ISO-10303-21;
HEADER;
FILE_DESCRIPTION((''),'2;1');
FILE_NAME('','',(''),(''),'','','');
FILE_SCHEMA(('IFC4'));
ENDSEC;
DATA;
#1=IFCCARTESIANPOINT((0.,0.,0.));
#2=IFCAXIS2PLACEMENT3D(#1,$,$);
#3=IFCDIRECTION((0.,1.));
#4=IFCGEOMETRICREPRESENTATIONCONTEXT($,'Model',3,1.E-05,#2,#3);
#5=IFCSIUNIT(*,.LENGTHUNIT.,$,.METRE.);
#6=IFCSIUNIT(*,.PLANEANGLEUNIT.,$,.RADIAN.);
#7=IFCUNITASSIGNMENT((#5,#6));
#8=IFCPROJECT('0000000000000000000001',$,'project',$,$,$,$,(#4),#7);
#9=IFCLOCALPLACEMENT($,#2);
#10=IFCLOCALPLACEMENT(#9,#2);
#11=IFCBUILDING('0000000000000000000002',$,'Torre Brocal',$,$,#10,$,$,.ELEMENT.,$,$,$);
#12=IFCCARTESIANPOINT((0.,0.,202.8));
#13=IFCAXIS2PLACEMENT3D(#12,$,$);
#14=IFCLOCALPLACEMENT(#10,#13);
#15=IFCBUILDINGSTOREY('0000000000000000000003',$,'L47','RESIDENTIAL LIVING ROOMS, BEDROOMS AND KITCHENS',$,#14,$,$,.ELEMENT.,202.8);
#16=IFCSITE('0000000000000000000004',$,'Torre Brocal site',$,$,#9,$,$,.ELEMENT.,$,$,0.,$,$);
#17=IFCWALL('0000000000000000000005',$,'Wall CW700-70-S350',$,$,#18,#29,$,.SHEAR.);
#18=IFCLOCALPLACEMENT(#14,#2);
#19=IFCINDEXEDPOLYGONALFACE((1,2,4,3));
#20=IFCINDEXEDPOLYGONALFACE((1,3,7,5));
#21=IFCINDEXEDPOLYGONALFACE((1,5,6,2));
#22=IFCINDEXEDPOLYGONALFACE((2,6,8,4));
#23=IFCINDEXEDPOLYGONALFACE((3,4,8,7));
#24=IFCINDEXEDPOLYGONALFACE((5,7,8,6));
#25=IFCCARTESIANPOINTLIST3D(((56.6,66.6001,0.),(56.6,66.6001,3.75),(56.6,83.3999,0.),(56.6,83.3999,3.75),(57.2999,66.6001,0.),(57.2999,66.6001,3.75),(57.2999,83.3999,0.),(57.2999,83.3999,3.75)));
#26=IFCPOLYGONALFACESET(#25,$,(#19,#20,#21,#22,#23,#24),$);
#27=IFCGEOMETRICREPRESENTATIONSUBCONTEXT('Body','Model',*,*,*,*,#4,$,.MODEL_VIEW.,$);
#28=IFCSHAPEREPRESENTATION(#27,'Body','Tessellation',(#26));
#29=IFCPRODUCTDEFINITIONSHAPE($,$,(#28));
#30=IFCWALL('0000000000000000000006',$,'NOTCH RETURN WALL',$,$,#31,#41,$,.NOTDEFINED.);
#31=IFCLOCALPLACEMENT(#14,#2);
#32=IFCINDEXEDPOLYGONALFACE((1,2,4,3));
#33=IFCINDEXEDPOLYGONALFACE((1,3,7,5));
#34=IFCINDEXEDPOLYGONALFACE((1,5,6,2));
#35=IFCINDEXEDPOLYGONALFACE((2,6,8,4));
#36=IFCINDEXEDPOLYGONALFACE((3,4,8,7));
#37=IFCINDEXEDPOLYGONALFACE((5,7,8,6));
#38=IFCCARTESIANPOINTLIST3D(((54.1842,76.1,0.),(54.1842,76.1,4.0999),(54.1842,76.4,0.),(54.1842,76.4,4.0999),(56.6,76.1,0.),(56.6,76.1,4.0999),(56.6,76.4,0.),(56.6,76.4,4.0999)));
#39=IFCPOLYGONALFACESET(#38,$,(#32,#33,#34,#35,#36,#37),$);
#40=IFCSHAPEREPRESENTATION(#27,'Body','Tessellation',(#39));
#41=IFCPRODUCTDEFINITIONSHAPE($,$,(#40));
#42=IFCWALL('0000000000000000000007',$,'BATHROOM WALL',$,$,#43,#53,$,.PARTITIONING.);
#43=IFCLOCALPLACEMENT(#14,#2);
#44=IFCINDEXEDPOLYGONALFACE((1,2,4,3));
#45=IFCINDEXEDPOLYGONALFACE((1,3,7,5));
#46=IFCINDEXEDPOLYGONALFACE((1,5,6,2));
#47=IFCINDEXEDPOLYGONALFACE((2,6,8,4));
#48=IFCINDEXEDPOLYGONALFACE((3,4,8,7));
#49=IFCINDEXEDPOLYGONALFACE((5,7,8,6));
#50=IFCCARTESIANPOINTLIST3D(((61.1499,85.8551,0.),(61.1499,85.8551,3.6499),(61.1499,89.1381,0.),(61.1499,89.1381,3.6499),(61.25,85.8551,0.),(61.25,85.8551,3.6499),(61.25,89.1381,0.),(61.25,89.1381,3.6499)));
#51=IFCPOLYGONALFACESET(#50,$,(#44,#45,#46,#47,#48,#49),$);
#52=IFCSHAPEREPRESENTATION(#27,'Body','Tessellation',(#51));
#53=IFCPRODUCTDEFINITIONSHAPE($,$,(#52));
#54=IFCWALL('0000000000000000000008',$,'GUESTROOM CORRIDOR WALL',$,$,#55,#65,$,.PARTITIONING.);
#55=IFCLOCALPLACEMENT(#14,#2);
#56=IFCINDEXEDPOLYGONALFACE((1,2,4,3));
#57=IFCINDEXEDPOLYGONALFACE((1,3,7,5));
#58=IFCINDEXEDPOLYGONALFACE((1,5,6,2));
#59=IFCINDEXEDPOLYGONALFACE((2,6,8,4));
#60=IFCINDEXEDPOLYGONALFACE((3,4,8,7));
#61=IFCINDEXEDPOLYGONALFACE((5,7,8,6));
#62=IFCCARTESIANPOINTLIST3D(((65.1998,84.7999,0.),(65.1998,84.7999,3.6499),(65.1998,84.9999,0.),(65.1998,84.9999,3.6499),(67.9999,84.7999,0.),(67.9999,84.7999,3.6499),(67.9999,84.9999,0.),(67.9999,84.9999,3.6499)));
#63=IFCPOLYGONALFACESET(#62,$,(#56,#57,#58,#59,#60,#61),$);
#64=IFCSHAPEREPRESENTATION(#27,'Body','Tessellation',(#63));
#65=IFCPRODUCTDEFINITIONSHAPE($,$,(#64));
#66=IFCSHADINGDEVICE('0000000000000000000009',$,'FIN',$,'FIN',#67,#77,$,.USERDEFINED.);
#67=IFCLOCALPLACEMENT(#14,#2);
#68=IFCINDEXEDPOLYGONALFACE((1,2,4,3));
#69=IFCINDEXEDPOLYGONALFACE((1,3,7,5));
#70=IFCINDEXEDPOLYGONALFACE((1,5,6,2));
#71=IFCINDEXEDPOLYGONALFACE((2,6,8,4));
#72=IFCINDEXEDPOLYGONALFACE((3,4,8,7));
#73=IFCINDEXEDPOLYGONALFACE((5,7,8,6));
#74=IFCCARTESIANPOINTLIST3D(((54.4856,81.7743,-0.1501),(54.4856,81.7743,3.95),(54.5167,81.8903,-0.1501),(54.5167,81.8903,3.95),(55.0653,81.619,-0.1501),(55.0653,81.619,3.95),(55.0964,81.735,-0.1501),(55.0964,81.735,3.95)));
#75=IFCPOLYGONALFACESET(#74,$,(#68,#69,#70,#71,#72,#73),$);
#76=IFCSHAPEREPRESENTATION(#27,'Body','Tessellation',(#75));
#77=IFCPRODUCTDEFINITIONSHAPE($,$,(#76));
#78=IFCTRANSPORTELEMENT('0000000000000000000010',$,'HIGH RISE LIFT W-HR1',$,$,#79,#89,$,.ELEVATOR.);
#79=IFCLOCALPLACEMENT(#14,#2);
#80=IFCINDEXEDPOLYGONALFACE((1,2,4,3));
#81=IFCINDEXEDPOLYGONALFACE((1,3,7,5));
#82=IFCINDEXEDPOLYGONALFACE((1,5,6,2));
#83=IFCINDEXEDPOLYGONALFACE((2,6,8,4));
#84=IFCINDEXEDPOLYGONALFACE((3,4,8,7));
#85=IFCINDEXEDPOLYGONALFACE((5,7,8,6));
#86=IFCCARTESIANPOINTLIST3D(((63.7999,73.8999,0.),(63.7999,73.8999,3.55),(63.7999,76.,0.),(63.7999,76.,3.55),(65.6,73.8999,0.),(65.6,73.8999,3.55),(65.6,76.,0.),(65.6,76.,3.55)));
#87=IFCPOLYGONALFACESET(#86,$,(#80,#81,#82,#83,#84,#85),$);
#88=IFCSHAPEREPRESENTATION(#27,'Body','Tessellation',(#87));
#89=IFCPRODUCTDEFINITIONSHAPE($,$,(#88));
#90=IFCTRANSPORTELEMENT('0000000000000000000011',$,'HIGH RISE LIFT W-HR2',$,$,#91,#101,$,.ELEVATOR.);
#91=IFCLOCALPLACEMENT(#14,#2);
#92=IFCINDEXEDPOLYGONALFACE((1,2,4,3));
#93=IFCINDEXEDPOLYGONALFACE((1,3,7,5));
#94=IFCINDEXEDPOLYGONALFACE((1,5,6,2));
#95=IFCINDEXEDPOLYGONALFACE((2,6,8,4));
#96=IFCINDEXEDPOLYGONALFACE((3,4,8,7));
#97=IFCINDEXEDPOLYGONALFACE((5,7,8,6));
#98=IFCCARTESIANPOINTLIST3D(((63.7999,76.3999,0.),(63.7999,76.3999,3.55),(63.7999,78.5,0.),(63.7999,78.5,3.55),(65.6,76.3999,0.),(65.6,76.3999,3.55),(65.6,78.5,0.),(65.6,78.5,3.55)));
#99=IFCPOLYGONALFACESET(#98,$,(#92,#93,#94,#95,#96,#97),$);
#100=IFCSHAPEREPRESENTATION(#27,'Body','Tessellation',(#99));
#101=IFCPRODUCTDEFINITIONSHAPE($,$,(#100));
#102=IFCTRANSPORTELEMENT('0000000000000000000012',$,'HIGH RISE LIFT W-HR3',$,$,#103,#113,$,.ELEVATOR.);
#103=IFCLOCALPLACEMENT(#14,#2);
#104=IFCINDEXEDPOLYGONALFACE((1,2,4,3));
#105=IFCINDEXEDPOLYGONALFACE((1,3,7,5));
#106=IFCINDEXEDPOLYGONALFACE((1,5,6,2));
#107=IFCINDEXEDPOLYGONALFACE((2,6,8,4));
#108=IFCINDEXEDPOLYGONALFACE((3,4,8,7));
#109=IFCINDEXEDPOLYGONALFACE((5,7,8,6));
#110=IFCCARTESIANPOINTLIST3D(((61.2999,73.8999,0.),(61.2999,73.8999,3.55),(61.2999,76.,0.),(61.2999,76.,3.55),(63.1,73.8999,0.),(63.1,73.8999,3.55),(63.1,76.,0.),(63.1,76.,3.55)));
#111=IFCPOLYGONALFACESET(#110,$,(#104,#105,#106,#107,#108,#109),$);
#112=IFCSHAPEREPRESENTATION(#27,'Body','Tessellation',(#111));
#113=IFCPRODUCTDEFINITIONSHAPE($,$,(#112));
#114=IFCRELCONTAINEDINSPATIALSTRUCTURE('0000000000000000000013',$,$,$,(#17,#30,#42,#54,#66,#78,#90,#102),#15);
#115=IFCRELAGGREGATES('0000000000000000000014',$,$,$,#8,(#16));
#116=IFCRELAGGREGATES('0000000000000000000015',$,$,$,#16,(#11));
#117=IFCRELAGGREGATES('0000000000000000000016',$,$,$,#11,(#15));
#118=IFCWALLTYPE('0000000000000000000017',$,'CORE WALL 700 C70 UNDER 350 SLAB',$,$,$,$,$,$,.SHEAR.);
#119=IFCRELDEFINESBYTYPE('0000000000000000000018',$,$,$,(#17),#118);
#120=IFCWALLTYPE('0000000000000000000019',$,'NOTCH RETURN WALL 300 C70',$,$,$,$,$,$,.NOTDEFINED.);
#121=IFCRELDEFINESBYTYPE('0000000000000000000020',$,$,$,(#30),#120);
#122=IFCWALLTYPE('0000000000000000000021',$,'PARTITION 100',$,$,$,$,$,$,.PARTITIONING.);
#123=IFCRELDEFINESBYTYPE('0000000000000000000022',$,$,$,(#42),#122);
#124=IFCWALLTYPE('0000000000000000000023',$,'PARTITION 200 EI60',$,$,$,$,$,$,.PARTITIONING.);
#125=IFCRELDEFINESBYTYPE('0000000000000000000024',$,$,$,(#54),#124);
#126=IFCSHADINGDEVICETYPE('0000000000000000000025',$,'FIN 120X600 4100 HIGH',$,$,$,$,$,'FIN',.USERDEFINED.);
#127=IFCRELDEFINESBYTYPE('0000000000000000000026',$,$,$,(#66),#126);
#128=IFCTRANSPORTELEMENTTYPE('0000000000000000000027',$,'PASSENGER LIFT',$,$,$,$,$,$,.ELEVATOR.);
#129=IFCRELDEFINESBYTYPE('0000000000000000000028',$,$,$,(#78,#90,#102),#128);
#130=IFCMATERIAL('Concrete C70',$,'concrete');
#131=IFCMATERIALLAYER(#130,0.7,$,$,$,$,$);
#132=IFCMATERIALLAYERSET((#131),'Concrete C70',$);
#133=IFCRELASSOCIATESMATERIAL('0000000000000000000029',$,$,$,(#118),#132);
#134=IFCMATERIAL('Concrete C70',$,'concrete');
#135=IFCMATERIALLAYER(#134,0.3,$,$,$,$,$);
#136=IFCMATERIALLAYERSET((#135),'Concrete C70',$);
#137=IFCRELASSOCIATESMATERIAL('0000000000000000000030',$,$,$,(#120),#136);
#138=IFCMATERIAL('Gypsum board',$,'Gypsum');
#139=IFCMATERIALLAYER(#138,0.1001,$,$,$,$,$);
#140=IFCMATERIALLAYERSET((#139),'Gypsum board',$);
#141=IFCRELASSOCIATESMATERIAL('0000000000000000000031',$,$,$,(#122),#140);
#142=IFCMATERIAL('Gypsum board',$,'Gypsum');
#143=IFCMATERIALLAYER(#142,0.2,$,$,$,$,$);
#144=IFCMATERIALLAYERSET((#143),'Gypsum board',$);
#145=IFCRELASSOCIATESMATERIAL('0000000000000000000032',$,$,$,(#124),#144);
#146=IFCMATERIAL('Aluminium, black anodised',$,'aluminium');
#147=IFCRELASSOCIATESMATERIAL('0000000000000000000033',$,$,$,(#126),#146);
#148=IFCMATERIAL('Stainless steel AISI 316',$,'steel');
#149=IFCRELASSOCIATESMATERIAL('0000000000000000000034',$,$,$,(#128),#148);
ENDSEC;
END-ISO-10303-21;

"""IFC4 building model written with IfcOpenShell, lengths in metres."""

from ifc_helpers import new_model, si_unit, direction, frame, frame_2d, origin, origin_2d, place, context, subcontext, project, spatial, rectangle, extrude, material, layer, layer_set, material_profile, profile_set, type_object, element, save


model = new_model("IFC4")

# Units and contexts
model_context = context("Model", 3, precision=1e-05, world=origin(), true_north=direction((0.0, 1.0)))
body_context = subcontext(model_context, "Body", "Model", "MODEL_VIEW")
ifc_project = project(units=[si_unit("LENGTHUNIT", "METRE"), si_unit("PLANEANGLEUNIT", "RADIAN")], contexts=[model_context])

# Site, building, storey
site_placement = place(None, origin())
site = spatial("IfcSite", under=ifc_project, at=site_placement, Name="Torre Brocal site", CompositionType="ELEMENT", RefElevation=0.0)
building_placement = place(site_placement, origin())
building = spatial("IfcBuilding", under=site, at=building_placement, Name="Torre Brocal", CompositionType="ELEMENT")
storey_placement = place(building_placement, frame((0.0, 0.0, 202.8)))
storey = spatial("IfcBuildingStorey", under=building, at=storey_placement, Name="L47", Description="RESIDENTIAL LIVING ROOMS, BEDROOMS AND KITCHENS", CompositionType="ELEMENT", Elevation=202.8)

# Walls
ifc_material_1 = material(Name="Concrete C70", Category="concrete")
ifc_layer_1 = layer(ifc_material_1, 0.7)
ifc_layer_set_1 = layer_set([ifc_layer_1], Name="Concrete C70")
wall_type_1 = type_object("IfcWallType", Name="CORE WALL 700 C70 UNDER 350 SLAB", PredefinedType="SHEAR", material=ifc_layer_set_1)
wall_1_placement = place(storey_placement, frame((56.95, 83.3999, 0.0), z_axis=(0.0, 0.0, 1.0), x_axis=(0.0, -1.0, 0.0)))
element("IfcWall", 1, at=wall_1_placement, inside=storey, type_object=wall_type_1, Name="Wall CW700-70-S350", PredefinedType="SHEAR", context=body_context, shape_type="SweptSolid", body=[
    extrude(rectangle(XDim=16.7998, YDim=0.7, at=frame_2d((8.3999, 0.0))), origin(), (0.0, 0.0, 1.0), 3.75),
])
ifc_material_2 = material(Name="Concrete C70", Category="concrete")
ifc_layer_2 = layer(ifc_material_2, 0.3)
ifc_layer_set_2 = layer_set([ifc_layer_2], Name="Concrete C70")
wall_type_2 = type_object("IfcWallType", Name="NOTCH RETURN WALL 300 C70", PredefinedType="NOTDEFINED", material=ifc_layer_set_2)
wall_2_placement = place(storey_placement, frame((56.6001, 76.25, 0.0), z_axis=(0.0, 0.0, 1.0), x_axis=(-1.0, 0.0, 0.0)))
element("IfcWall", 2, at=wall_2_placement, inside=storey, type_object=wall_type_2, Name="NOTCH RETURN WALL", PredefinedType="NOTDEFINED", context=body_context, shape_type="SweptSolid", body=[
    extrude(rectangle(XDim=2.4158, YDim=0.3, at=frame_2d((1.208, 0.0))), origin(), (0.0, 0.0, 1.0), 4.0999),
])
ifc_material_3 = material(Name="Gypsum board", Category="Gypsum")
ifc_layer_3 = layer(ifc_material_3, 0.1001)
ifc_layer_set_3 = layer_set([ifc_layer_3], Name="Gypsum board")
wall_type_3 = type_object("IfcWallType", Name="PARTITION 100", PredefinedType="PARTITIONING", material=ifc_layer_set_3)
wall_3_placement = place(storey_placement, frame((61.2, 85.855, 0.0), z_axis=(0.0, 0.0, 1.0), x_axis=(0.0, 1.0, 0.0)))
element("IfcWall", 3, at=wall_3_placement, inside=storey, type_object=wall_type_3, Name="BATHROOM WALL", PredefinedType="PARTITIONING", context=body_context, shape_type="SweptSolid", body=[
    extrude(rectangle(XDim=3.283, YDim=0.1001, at=frame_2d((1.6416, 0.0))), origin(), (0.0, 0.0, 1.0), 3.6499),
])
ifc_material_4 = material(Name="Gypsum board", Category="Gypsum")
ifc_layer_4 = layer(ifc_material_4, 0.2)
ifc_layer_set_4 = layer_set([ifc_layer_4], Name="Gypsum board")
wall_type_4 = type_object("IfcWallType", Name="PARTITION 200 EI60", PredefinedType="PARTITIONING", material=ifc_layer_set_4)
wall_4_placement = place(storey_placement, frame((65.2, 84.8999, 0.0), z_axis=(0.0, 0.0, 1.0), x_axis=(1.0, 0.0, 0.0)))
element("IfcWall", 4, at=wall_4_placement, inside=storey, type_object=wall_type_4, Name="GUESTROOM CORRIDOR WALL", PredefinedType="PARTITIONING", context=body_context, shape_type="SweptSolid", body=[
    extrude(rectangle(XDim=2.8, YDim=0.2, at=frame_2d((1.3999, 0.0))), origin(), (0.0, 0.0, 1.0), 3.6499),
])

# Shading device
ifc_material_5 = material(Name="Aluminium, black anodised", Category="aluminium")
ifc_material_profile_1 = material_profile(ifc_material_5, rectangle(XDim=0.1201, YDim=0.6001, at=origin_2d()), Name="FIN 120X600 4100 HIGH")
ifc_profile_set_1 = profile_set([ifc_material_profile_1], Name="Aluminium, black anodised")
shading_device_type = type_object("IfcShadingDeviceType", Name="FIN 120X600 4100 HIGH", ElementType="FIN", PredefinedType="USERDEFINED", material=ifc_profile_set_1)
shading_device_placement = place(storey_placement, frame((54.791, 81.7546, -0.1501), z_axis=(0.0, 0.0, 1.0), x_axis=(-0.258819, -0.965926, 0.0)))
element("IfcShadingDevice", 5, at=shading_device_placement, inside=storey, type_object=shading_device_type, Name="FIN", ObjectType="FIN", PredefinedType="USERDEFINED", context=body_context, shape_type="SweptSolid", body=[
    extrude(rectangle(XDim=0.1201, YDim=0.6001, at=origin_2d()), origin(), (0.0, 0.0, 1.0), 4.1001),
])

# Transport elements
ifc_material_6 = material(Name="Stainless steel AISI 316", Category="steel")
transport_element_type = type_object("IfcTransportElementType", Name="PASSENGER LIFT", PredefinedType="ELEVATOR", material=ifc_material_6)
for number, where, z_axis, x_axis, name in (
    (6, (64.7, 74.95, 0.0), (0.0, 0.0, 1.0), (1.0, 0.0, 0.0), "HIGH RISE LIFT W-HR1"),
    (7, (64.7, 77.45, 0.0), (0.0, 0.0, 1.0), (1.0, 0.0, 0.0), "HIGH RISE LIFT W-HR2"),
    (8, (62.2, 74.95, 0.0), (0.0, 0.0, 1.0), (1.0, 0.0, 0.0), "HIGH RISE LIFT W-HR3"),
):
    element("IfcTransportElement", number, at=place(storey_placement, frame(where, z_axis=z_axis, x_axis=x_axis)), inside=storey, type_object=transport_element_type, Name=name, PredefinedType="ELEVATOR", context=body_context, shape_type="SweptSolid", body=[
        extrude(rectangle(XDim=1.8, YDim=2.1001, at=origin_2d()), origin(), (0.0, 0.0, 1.0), 3.55),
    ])

save(model, "model.ifc")
